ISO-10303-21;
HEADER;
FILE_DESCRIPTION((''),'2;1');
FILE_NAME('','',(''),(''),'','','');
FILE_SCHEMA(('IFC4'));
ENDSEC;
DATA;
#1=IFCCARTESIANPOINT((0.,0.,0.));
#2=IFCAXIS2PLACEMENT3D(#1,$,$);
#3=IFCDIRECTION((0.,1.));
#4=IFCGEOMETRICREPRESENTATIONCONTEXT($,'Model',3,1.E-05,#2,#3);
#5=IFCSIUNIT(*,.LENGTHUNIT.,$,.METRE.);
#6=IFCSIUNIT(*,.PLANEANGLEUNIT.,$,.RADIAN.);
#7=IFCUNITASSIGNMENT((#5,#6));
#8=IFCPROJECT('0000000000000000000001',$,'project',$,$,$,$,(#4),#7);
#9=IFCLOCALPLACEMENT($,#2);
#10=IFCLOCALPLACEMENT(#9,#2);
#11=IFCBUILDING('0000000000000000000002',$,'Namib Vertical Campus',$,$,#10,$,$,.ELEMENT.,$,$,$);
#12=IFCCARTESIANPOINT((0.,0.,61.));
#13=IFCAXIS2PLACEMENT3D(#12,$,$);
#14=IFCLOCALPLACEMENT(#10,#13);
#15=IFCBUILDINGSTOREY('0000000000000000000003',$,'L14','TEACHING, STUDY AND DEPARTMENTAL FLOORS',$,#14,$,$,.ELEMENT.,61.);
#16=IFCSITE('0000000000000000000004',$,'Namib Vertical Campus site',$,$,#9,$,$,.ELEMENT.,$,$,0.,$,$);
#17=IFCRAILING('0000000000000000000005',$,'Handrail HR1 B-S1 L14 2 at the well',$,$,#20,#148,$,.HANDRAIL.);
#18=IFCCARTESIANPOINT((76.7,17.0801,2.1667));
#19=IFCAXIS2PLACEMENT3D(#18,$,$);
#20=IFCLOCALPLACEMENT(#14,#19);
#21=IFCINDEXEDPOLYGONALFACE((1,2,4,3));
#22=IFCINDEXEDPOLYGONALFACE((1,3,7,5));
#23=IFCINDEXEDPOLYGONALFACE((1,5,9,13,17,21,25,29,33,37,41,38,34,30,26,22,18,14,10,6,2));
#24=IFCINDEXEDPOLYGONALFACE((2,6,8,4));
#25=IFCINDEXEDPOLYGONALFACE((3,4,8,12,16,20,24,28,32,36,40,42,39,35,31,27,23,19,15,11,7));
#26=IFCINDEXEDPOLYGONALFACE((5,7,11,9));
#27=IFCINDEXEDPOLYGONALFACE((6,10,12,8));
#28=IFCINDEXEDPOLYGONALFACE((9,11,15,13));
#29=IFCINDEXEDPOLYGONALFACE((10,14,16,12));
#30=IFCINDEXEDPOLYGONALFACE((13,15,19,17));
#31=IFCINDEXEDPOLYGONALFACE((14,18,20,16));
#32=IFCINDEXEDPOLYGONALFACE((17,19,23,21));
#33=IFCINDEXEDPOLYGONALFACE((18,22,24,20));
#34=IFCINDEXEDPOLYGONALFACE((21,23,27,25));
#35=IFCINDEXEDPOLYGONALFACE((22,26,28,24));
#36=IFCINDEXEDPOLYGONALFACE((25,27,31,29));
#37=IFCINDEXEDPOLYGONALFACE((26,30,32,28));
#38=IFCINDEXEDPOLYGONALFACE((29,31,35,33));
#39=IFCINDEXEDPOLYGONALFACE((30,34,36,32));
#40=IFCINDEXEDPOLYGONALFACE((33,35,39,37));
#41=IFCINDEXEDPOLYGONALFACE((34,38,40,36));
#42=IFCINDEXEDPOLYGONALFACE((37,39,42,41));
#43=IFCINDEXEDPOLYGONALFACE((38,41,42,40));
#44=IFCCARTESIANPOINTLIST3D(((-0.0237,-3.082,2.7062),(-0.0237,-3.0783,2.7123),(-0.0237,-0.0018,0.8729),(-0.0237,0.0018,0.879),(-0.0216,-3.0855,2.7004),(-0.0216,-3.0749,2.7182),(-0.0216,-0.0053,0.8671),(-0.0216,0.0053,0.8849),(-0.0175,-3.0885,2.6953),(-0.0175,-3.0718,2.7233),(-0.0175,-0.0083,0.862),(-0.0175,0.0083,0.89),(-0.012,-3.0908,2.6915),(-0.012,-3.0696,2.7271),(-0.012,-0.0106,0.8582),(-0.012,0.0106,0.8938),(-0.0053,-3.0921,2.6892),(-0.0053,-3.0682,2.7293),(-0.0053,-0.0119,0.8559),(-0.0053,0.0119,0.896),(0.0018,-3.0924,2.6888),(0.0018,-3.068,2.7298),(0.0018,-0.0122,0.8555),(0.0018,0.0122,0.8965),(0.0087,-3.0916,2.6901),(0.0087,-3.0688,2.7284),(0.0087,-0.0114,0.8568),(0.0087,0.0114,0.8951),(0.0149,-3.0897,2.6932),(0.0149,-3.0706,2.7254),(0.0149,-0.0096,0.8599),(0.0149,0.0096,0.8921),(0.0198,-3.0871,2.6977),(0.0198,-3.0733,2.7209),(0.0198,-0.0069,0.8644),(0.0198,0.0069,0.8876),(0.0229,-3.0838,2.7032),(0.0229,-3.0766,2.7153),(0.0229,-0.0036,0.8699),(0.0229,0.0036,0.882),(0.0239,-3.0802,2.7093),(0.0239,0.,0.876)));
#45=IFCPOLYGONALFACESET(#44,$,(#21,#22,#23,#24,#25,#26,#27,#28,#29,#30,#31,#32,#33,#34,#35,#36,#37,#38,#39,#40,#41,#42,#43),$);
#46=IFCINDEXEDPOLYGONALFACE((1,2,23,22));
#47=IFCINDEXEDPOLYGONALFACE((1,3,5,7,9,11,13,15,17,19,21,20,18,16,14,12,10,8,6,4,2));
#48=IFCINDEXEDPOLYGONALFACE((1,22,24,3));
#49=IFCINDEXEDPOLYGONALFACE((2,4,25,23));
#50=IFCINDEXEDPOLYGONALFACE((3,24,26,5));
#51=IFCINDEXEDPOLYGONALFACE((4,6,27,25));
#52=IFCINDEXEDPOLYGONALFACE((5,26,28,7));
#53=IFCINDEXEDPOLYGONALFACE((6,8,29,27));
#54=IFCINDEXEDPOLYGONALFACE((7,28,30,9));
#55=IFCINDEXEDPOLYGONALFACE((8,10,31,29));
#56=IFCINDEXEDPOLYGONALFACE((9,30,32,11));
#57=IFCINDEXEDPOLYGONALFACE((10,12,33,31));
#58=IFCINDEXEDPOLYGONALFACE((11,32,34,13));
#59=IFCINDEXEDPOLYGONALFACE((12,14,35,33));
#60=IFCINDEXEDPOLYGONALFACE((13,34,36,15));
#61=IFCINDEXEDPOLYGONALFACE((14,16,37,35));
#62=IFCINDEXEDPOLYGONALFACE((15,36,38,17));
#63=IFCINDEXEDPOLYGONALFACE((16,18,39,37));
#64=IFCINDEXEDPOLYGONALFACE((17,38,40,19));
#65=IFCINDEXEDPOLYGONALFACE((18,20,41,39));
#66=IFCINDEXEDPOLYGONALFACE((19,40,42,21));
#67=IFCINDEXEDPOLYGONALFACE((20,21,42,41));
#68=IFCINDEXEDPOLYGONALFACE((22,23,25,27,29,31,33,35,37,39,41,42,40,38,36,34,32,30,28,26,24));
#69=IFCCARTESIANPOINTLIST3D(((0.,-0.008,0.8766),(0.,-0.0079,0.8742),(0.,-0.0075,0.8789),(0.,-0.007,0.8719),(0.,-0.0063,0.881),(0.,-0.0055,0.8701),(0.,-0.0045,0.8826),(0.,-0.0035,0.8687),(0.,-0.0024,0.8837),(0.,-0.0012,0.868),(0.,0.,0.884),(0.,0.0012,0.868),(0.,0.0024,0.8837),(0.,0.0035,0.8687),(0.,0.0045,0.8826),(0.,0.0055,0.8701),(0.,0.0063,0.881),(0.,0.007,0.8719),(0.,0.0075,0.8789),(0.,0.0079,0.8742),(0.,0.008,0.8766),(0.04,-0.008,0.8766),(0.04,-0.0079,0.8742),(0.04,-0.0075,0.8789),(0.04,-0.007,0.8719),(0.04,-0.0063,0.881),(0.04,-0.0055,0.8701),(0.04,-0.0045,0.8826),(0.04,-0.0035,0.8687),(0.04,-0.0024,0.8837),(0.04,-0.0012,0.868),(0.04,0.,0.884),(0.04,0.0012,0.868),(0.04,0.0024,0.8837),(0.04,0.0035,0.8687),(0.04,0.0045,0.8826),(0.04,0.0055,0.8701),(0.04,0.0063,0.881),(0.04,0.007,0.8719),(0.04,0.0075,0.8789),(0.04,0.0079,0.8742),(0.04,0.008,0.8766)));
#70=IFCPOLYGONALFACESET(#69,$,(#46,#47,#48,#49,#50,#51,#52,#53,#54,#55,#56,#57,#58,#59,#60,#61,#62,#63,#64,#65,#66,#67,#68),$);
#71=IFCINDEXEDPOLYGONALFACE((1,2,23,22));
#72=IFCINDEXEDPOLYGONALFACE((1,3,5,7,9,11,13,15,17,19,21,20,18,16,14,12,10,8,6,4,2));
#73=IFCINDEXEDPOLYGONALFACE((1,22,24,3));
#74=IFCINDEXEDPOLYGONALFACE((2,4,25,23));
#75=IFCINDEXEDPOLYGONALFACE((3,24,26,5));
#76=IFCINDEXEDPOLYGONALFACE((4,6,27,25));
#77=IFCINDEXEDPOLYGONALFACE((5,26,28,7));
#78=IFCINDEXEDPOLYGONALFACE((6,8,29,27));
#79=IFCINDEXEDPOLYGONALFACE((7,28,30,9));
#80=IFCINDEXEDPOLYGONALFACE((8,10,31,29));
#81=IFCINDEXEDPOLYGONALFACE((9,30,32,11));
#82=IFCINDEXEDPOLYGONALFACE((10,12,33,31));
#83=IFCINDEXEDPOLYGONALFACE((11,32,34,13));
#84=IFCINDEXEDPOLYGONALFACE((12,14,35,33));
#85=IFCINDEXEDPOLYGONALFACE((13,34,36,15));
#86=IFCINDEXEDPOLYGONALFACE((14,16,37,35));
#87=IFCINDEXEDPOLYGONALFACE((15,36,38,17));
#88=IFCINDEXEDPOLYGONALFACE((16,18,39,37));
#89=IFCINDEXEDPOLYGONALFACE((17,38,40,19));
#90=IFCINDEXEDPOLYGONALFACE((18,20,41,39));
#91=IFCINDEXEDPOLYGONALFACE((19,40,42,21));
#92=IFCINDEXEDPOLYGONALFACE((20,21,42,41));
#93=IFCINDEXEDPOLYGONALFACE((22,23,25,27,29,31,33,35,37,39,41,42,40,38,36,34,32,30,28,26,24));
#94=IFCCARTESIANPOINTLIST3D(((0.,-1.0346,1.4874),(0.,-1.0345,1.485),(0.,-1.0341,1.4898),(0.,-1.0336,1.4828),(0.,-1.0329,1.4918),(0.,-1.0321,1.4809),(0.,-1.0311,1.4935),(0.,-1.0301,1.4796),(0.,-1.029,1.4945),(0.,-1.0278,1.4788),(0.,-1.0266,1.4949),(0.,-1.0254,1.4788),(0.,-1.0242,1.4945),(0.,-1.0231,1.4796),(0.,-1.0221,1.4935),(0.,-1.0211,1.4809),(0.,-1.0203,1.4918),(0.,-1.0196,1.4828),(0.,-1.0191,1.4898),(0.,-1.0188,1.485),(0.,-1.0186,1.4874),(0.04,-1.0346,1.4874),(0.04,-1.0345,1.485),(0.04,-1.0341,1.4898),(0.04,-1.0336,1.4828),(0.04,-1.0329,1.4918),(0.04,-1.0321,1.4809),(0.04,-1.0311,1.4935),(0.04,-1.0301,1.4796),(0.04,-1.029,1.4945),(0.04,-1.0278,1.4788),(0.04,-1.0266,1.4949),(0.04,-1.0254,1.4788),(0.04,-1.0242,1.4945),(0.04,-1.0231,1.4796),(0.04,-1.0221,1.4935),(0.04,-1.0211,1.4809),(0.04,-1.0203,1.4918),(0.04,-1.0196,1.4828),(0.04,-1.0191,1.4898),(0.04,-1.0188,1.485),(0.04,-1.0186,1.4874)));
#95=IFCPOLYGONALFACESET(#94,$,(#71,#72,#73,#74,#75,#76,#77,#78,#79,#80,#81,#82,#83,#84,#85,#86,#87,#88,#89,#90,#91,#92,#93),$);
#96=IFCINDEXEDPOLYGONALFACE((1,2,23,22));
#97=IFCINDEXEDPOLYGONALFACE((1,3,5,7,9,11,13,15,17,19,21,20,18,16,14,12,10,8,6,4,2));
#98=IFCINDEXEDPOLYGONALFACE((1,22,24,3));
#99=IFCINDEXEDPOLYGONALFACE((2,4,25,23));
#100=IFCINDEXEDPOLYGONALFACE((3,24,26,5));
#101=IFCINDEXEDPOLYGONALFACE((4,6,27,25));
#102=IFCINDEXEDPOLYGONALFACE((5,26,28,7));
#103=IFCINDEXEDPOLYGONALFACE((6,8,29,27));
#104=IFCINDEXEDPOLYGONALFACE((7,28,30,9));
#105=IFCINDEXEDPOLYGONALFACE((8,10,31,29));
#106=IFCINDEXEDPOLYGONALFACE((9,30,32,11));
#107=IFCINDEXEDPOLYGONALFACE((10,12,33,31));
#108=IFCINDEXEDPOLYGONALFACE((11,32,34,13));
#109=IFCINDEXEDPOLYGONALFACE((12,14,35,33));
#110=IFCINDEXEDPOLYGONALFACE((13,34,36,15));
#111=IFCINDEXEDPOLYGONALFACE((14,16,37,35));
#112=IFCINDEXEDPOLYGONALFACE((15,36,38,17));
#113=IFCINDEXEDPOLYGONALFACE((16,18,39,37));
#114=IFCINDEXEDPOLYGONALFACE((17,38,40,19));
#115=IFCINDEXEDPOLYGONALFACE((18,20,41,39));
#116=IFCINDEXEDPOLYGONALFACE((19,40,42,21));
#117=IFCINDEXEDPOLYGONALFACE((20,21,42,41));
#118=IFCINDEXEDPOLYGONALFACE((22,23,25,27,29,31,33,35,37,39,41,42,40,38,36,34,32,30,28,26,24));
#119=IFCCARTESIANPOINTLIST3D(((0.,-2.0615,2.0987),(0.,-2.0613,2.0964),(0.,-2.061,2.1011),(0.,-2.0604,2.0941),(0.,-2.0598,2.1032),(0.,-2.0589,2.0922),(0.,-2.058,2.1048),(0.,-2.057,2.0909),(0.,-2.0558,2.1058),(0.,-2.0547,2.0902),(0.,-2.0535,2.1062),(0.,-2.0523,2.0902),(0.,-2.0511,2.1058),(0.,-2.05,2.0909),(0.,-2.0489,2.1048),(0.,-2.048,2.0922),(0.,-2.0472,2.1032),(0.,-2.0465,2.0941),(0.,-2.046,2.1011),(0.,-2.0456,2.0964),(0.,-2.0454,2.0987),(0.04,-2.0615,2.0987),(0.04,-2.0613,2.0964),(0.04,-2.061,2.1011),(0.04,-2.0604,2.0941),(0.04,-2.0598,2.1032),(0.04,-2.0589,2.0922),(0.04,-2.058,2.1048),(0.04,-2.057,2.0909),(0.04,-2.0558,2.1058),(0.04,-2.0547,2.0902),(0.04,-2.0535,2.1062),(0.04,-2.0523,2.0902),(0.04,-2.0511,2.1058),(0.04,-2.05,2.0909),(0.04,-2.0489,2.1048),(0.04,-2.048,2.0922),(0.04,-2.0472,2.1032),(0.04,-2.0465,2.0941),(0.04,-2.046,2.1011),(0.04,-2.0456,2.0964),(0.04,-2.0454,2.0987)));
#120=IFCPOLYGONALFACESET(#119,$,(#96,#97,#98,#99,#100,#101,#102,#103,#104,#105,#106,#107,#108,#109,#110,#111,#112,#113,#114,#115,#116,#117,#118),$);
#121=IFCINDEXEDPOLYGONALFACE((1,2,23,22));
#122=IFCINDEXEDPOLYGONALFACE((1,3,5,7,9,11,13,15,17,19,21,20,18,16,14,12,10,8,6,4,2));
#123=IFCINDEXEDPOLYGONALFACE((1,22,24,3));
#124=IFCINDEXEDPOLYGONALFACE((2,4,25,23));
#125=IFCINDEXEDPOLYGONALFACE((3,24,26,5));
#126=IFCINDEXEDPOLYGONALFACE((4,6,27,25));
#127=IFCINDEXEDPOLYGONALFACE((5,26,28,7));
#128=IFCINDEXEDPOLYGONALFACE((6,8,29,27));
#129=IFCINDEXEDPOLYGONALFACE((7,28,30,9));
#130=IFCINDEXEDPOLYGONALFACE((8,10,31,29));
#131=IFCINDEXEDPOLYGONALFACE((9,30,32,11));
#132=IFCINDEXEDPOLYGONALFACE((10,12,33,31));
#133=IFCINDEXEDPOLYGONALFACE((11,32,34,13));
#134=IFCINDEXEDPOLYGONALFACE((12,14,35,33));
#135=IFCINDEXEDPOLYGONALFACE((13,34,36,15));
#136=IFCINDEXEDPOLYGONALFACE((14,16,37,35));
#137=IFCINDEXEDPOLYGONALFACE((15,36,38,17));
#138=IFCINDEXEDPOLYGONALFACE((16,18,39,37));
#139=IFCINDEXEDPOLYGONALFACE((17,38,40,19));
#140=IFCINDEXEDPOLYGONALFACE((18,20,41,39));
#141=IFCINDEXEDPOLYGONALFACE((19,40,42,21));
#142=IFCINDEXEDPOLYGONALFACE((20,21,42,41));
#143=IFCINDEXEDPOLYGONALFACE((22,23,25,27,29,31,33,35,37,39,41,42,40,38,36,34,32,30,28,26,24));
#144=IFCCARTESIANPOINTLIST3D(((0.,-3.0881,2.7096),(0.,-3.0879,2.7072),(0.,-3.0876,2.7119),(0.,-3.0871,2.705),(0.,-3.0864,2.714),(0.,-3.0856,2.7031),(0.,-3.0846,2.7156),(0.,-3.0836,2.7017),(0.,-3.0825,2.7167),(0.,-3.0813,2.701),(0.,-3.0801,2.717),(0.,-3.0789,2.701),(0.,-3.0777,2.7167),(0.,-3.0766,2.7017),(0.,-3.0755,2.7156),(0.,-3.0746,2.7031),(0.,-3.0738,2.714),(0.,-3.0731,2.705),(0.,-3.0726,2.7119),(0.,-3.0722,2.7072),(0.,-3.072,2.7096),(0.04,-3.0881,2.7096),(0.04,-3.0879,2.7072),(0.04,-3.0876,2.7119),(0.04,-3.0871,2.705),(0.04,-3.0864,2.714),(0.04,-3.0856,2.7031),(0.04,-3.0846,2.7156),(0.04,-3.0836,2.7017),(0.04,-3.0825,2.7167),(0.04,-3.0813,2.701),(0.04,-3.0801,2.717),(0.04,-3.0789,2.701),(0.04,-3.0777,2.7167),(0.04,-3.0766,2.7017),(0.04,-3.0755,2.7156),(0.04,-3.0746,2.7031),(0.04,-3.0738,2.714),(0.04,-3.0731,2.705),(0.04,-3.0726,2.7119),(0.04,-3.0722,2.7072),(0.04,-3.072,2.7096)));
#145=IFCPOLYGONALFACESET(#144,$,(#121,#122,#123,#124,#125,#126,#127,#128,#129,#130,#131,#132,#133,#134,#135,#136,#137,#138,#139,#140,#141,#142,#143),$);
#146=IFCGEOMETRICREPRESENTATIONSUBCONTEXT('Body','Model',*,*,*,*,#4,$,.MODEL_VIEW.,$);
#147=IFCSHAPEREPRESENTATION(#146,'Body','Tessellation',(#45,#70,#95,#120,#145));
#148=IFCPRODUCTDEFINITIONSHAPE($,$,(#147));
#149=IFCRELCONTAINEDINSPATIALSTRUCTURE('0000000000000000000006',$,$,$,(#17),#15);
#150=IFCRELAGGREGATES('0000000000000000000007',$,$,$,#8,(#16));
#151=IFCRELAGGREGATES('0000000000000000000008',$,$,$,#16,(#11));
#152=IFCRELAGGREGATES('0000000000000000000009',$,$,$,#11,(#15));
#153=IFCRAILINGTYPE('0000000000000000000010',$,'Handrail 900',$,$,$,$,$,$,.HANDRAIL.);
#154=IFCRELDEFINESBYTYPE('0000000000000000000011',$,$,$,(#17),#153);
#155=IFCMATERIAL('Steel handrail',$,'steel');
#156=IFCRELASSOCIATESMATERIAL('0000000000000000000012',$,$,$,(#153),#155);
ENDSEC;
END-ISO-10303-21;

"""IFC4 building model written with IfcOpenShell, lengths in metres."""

from ifc_helpers import new_model, si_unit, direction, frame, origin, origin_2d, place, context, subcontext, project, spatial, circle, extrude, material, type_object, element, save


model = new_model("IFC4")

# Units and contexts
model_context = context("Model", 3, precision=1e-05, world=origin(), true_north=direction((0.0, 1.0)))
body_context = subcontext(model_context, "Body", "Model", "MODEL_VIEW")
ifc_project = project(units=[si_unit("LENGTHUNIT", "METRE"), si_unit("PLANEANGLEUNIT", "RADIAN")], contexts=[model_context])

# Site, building, storey
site_placement = place(None, origin())
site = spatial("IfcSite", under=ifc_project, at=site_placement, Name="Namib Vertical Campus site", CompositionType="ELEMENT", RefElevation=0.0)
building_placement = place(site_placement, origin())
building = spatial("IfcBuilding", under=site, at=building_placement, Name="Namib Vertical Campus", CompositionType="ELEMENT")
storey_placement = place(building_placement, frame((0.0, 0.0, 61.0)))
storey = spatial("IfcBuildingStorey", under=building, at=storey_placement, Name="L14", Description="TEACHING, STUDY AND DEPARTMENTAL FLOORS", CompositionType="ELEMENT", Elevation=61.0)

# Railing
ifc_material_1 = material(Name="Steel handrail", Category="steel")
railing_type_1 = type_object("IfcRailingType", Name="Handrail 900", PredefinedType="HANDRAIL", material=ifc_material_1)
railing_1_placement = place(storey_placement, frame((76.7, 17.0801, 2.1667)))
element("IfcRailing", 1, at=railing_1_placement, inside=storey, type_object=railing_type_1, Name="Handrail HR1 B-S1 L14 2 at the well", PredefinedType="HANDRAIL", context=body_context, shape_type="SweptSolid", body=[
    extrude(circle(Radius=0.0239, at=origin_2d()), frame((0.0, 0.0, 0.876), z_axis=(0.0, -0.859309, 0.511458), x_axis=(1.0, 0.0, 0.0)), (0.0, 0.0, 1.0), 3.5845),
    extrude(circle(Radius=0.0081, at=origin_2d()), frame((0.0, 0.0, 0.876), z_axis=(1.0, 0.0, 0.0), x_axis=(0.0, 0.0, 1.0)), (0.0, 0.0, 1.0), 0.04),
    extrude(circle(Radius=0.0081, at=origin_2d()), frame((0.0, -1.0266, 1.4868), z_axis=(1.0, 0.0, 0.0), x_axis=(0.0, 0.0, 1.0)), (0.0, 0.0, 1.0), 0.04),
    extrude(circle(Radius=0.0081, at=origin_2d()), frame((0.0, -2.0535, 2.0981), z_axis=(1.0, 0.0, 0.0), x_axis=(0.0, 0.0, 1.0)), (0.0, 0.0, 1.0), 0.04),
    extrude(circle(Radius=0.0081, at=origin_2d()), frame((0.0, -3.0801, 2.709), z_axis=(1.0, 0.0, 0.0), x_axis=(0.0, 0.0, 1.0)), (0.0, 0.0, 1.0), 0.04),
])

save(model, "model.ifc")
